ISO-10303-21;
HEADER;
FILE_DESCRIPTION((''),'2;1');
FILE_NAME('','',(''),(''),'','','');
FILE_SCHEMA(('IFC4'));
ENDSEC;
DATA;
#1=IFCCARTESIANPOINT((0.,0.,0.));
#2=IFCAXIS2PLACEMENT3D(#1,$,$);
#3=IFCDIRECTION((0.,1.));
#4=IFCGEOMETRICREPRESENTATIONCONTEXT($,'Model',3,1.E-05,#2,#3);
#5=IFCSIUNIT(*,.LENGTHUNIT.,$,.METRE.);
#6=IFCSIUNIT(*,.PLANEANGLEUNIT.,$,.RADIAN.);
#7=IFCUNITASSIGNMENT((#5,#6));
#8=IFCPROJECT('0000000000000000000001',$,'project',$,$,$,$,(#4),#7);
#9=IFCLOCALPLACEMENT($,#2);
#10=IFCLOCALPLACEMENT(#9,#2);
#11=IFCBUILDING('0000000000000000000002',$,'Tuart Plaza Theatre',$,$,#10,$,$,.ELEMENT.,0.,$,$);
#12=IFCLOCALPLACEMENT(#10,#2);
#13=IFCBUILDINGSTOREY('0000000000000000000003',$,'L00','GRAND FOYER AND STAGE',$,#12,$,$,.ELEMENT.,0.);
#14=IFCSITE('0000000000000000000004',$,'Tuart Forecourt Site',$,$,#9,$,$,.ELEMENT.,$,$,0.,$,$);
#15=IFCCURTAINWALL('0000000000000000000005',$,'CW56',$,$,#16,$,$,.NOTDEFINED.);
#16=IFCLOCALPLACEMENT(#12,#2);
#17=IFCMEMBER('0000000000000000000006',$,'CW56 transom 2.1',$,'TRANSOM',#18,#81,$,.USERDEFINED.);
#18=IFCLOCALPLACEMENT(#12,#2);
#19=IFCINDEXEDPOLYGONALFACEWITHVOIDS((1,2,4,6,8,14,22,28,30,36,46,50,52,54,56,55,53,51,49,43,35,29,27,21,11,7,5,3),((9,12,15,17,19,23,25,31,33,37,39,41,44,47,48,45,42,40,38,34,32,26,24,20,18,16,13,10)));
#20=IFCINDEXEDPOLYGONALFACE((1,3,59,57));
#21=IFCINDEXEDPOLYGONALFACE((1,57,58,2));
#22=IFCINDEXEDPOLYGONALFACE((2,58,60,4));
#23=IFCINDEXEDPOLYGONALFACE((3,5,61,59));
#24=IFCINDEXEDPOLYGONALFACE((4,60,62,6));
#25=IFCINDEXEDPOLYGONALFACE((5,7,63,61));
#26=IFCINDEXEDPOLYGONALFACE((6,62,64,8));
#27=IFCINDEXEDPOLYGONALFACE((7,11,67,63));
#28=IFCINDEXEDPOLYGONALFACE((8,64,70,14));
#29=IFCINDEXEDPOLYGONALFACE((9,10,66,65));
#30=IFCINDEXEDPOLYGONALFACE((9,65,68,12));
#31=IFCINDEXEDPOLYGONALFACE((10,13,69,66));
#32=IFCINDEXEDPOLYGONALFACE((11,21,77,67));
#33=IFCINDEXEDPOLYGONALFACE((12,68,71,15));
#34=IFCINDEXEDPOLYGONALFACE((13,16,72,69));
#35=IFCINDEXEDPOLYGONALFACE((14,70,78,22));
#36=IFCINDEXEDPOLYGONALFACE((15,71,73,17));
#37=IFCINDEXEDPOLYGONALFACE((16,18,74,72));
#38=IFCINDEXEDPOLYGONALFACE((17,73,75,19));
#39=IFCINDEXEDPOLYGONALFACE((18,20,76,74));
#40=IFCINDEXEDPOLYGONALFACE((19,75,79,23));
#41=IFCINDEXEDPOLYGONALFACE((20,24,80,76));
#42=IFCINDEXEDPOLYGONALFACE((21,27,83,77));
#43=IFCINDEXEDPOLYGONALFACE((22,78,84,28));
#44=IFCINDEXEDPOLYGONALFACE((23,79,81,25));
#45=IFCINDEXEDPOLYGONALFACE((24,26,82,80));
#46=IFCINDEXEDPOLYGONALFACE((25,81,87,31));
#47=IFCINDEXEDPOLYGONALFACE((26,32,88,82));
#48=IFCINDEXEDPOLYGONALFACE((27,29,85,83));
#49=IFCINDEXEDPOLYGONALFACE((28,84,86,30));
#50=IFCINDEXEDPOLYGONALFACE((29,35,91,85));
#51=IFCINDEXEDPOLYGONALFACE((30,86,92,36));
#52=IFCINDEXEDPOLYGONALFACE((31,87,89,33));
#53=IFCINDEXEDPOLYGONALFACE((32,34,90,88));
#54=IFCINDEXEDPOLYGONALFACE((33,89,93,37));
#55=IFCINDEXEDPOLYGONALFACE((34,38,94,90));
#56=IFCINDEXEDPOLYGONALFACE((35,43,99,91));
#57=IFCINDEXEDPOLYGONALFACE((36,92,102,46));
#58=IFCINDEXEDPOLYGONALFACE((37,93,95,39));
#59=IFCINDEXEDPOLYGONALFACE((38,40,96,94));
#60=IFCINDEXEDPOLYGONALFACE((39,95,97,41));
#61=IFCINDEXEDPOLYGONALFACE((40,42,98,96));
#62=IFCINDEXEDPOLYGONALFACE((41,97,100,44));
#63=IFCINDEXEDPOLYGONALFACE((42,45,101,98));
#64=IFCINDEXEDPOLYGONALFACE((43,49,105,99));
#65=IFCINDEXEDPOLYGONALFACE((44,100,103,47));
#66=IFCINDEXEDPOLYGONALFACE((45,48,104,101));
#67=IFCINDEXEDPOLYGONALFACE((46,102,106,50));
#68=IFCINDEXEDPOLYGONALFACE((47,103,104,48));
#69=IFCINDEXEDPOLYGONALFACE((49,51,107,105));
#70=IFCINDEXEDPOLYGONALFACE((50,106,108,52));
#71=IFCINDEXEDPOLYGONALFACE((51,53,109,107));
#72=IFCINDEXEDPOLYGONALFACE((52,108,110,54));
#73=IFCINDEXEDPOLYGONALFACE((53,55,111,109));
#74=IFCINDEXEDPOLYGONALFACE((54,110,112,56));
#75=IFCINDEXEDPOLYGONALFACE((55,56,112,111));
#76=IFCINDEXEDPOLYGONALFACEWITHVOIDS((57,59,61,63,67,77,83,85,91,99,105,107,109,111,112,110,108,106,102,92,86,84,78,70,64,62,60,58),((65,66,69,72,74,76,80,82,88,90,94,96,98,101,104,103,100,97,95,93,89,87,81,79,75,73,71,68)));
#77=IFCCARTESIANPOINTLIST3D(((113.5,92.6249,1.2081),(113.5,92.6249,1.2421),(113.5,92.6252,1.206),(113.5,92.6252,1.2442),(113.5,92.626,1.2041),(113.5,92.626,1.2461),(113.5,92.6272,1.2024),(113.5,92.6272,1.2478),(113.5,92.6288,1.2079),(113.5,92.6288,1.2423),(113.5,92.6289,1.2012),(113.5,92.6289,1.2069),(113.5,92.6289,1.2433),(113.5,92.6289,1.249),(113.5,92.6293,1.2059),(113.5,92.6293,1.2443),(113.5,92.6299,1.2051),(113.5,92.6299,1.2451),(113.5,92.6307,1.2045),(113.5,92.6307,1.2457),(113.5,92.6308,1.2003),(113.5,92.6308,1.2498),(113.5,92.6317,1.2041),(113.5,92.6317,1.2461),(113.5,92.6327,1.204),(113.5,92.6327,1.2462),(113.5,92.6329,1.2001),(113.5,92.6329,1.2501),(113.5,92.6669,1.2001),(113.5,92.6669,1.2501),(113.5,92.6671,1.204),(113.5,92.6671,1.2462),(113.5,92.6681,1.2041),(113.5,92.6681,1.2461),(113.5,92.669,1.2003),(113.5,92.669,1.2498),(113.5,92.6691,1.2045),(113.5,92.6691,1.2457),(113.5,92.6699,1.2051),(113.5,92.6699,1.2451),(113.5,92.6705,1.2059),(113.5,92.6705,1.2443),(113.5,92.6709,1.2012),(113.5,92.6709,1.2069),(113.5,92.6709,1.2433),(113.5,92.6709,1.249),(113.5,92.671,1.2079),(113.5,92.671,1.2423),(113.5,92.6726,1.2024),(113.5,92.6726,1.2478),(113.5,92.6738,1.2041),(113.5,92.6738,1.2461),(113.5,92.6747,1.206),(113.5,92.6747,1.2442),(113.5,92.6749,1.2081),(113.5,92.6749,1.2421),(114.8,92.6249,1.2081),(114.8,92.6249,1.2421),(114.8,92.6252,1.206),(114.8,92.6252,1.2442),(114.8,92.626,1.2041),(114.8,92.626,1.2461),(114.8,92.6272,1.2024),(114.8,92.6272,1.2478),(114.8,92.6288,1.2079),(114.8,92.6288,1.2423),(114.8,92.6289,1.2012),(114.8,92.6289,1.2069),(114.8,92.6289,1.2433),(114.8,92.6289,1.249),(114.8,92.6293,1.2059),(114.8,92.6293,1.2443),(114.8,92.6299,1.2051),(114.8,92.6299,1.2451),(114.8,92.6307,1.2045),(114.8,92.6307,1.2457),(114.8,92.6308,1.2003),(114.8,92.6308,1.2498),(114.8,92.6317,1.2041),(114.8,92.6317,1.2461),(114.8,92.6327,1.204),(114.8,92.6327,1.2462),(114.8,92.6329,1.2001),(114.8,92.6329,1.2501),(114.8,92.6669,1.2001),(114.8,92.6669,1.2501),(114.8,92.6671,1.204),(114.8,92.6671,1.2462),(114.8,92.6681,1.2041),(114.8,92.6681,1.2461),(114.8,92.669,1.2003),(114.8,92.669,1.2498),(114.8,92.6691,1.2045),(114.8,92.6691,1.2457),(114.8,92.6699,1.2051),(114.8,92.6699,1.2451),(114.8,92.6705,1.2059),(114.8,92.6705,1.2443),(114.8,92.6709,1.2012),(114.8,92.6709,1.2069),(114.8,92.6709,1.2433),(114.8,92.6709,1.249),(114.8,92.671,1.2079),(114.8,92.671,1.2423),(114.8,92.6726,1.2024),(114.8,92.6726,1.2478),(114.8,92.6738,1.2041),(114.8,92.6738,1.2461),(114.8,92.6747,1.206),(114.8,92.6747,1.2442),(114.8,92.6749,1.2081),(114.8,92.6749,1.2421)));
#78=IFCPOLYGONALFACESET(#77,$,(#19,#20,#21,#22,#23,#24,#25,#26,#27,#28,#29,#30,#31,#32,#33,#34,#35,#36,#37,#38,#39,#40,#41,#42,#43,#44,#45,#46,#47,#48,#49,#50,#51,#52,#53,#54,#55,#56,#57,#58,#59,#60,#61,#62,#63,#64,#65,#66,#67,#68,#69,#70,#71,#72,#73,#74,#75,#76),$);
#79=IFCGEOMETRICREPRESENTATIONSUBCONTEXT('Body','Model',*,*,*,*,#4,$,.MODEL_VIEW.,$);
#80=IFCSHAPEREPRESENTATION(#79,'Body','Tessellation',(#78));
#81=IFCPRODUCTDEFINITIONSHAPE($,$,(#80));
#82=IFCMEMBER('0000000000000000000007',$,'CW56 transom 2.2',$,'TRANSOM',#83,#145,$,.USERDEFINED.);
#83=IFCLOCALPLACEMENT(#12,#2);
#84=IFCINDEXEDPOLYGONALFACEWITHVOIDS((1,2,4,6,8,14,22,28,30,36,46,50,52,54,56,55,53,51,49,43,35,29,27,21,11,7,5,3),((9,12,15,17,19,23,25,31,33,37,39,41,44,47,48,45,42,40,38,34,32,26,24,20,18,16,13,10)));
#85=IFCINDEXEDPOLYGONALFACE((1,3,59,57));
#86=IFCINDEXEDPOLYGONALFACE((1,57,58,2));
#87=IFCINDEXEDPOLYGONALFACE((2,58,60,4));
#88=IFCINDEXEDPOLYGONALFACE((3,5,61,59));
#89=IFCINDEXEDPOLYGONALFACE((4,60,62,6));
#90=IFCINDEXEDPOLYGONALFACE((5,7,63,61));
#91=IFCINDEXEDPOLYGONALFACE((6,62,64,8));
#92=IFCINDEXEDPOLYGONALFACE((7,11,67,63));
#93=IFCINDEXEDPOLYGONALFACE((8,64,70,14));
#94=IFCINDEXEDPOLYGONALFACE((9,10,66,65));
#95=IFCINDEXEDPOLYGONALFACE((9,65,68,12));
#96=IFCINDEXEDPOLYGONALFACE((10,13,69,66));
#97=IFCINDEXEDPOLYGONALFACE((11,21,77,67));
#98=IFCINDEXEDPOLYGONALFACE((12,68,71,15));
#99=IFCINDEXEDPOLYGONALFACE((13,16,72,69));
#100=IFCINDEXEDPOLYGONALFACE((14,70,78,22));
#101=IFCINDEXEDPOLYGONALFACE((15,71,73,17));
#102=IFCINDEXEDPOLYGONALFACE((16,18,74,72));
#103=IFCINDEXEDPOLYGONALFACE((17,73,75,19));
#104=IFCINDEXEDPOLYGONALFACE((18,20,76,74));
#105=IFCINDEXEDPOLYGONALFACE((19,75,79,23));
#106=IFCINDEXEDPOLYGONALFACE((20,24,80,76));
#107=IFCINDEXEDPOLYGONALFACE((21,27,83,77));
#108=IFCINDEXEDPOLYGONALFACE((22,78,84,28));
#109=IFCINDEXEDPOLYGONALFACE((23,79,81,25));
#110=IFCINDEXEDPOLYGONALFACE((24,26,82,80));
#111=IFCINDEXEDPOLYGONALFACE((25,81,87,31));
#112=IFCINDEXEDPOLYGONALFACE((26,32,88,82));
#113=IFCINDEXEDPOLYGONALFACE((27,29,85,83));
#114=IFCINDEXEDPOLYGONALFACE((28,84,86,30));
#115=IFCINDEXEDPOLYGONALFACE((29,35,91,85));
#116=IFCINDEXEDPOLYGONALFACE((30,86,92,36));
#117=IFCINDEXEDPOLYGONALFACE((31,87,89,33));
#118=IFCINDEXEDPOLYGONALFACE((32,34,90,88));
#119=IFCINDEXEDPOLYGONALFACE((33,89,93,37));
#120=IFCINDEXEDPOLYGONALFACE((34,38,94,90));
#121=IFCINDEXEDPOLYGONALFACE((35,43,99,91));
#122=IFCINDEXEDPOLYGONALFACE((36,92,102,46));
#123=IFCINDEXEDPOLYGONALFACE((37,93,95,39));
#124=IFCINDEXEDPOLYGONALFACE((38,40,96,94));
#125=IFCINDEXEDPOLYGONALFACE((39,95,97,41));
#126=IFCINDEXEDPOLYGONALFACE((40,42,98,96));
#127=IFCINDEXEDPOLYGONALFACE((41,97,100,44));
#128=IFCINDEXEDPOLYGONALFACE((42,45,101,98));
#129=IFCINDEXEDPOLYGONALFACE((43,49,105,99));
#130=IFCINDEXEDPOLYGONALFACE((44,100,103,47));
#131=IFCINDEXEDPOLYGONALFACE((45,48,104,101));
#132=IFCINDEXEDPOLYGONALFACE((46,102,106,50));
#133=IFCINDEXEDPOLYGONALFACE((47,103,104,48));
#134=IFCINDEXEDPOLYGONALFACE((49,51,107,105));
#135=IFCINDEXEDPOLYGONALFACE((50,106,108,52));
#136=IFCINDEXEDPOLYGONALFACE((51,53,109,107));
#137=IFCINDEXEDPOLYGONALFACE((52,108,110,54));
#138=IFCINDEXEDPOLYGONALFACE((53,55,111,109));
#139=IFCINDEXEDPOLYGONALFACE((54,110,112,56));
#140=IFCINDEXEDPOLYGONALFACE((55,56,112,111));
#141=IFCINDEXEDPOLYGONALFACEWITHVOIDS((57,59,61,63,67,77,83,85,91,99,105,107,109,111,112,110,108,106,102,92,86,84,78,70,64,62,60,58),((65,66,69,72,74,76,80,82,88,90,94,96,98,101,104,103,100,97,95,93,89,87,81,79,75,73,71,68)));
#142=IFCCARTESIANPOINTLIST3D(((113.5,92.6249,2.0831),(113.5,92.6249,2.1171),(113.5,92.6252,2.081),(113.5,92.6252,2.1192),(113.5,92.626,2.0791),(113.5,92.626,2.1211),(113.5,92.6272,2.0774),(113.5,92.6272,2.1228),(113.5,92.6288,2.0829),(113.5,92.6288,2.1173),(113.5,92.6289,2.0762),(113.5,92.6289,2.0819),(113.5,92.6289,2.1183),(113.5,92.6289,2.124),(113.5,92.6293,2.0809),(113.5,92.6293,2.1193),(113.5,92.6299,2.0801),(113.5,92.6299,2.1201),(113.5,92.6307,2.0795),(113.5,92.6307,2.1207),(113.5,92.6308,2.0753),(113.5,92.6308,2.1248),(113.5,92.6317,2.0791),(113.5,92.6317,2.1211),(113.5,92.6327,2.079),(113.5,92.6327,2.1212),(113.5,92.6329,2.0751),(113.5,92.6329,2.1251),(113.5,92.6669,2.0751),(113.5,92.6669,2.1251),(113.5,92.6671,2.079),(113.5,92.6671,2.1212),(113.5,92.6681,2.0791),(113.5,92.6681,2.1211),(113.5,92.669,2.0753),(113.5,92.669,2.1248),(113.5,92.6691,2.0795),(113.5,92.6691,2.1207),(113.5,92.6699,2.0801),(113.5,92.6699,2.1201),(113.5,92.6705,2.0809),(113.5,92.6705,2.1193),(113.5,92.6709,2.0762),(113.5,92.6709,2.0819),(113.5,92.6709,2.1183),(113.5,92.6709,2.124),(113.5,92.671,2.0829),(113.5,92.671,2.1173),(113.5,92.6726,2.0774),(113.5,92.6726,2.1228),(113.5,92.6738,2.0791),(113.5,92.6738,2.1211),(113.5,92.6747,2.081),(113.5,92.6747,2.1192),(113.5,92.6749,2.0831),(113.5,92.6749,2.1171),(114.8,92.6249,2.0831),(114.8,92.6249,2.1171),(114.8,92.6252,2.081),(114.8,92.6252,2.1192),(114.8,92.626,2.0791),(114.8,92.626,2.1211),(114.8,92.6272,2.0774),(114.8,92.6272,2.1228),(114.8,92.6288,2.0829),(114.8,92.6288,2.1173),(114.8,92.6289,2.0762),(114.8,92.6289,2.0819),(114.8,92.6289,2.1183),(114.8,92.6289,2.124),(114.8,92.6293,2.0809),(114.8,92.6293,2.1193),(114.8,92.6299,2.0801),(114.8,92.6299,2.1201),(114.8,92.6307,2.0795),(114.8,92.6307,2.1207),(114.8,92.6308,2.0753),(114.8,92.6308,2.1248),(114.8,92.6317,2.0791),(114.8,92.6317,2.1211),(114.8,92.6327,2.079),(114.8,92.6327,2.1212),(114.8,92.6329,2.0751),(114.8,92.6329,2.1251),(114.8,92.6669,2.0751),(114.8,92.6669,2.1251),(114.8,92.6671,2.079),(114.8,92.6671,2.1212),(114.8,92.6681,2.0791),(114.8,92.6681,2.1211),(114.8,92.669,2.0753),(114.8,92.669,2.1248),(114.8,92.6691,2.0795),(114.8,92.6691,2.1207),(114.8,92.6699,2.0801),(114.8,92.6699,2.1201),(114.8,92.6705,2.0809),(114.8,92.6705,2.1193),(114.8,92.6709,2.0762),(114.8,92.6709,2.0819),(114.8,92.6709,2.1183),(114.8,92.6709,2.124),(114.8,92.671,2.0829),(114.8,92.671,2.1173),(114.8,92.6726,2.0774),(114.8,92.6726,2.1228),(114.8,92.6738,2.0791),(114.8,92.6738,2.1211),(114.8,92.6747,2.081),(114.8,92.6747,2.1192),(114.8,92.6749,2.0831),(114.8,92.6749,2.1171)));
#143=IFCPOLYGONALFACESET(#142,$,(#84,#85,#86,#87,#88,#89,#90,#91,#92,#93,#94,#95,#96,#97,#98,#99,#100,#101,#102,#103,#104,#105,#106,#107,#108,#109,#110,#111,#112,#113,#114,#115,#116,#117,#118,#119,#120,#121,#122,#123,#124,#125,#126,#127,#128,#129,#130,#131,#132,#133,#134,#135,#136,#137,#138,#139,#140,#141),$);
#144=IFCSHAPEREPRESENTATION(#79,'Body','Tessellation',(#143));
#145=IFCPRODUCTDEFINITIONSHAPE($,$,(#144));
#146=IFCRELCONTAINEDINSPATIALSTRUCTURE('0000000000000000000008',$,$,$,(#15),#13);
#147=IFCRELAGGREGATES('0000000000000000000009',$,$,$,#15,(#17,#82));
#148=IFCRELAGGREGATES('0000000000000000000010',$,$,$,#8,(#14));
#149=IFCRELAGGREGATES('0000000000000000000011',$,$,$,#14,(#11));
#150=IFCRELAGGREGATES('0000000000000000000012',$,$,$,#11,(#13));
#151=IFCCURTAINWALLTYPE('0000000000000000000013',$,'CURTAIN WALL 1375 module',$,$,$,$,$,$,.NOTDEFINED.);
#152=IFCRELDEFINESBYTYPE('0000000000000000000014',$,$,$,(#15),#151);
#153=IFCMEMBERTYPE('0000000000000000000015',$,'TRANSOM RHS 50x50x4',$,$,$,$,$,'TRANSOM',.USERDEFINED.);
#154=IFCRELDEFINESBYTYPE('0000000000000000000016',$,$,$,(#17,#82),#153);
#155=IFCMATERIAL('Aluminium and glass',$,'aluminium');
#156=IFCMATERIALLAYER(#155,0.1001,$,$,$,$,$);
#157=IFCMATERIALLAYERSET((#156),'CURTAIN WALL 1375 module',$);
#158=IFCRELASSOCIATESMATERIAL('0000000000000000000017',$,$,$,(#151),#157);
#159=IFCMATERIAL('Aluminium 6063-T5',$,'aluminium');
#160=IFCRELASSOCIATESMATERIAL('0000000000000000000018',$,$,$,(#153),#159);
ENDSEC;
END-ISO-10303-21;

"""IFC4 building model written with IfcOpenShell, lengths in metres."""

from ifc_helpers import new_model, si_unit, direction, frame, origin, origin_2d, place, context, subcontext, project, spatial, hollow_rectangle, extrude, material, layer, layer_set, material_profile, profile_set, type_object, element, aggregate, save


model = new_model("IFC4")

# Units and contexts
model_context = context("Model", 3, precision=1e-05, world=origin(), true_north=direction((0.0, 1.0)))
body_context = subcontext(model_context, "Body", "Model", "MODEL_VIEW")
ifc_project = project(units=[si_unit("LENGTHUNIT", "METRE"), si_unit("PLANEANGLEUNIT", "RADIAN")], contexts=[model_context])

# Site, building, storey
site_placement = place(None, origin())
site = spatial("IfcSite", under=ifc_project, at=site_placement, Name="Tuart Forecourt Site", CompositionType="ELEMENT", RefElevation=0.0)
building_placement = place(site_placement, origin())
building = spatial("IfcBuilding", under=site, at=building_placement, Name="Tuart Plaza Theatre", CompositionType="ELEMENT", ElevationOfRefHeight=0.0)
storey_placement = place(building_placement, origin())
storey = spatial("IfcBuildingStorey", under=building, at=storey_placement, Name="L00", Description="GRAND FOYER AND STAGE", CompositionType="ELEMENT", Elevation=0.0)

# Curtain wall
ifc_material_1 = material(Name="Aluminium and glass", Category="aluminium")
ifc_layer_1 = layer(ifc_material_1, 0.1001)
ifc_layer_set_1 = layer_set([ifc_layer_1], Name="CURTAIN WALL 1375 module")
curtain_wall_type_1 = type_object("IfcCurtainWallType", Name="CURTAIN WALL 1375 module", PredefinedType="NOTDEFINED", material=ifc_layer_set_1)
curtain_wall_1_placement = place(storey_placement, origin())
curtain_wall_1 = element("IfcCurtainWall", 1, at=curtain_wall_1_placement, inside=storey, type_object=curtain_wall_type_1, Name="CW56", PredefinedType="NOTDEFINED")

# Members
ifc_material_2 = material(Name="Aluminium 6063-T5", Category="aluminium")
ifc_material_profile_1 = material_profile(ifc_material_2, hollow_rectangle(XDim=0.05, YDim=0.05, WallThickness=0.0039, InnerFilletRadius=0.0039, OuterFilletRadius=0.0081, at=origin_2d()), Name="RHS 50x50x4")
ifc_profile_set_1 = profile_set([ifc_material_profile_1], Name="Aluminium 6063-T5")
member_type_1 = type_object("IfcMemberType", Name="TRANSOM RHS 50x50x4", ElementType="TRANSOM", PredefinedType="USERDEFINED", material=ifc_profile_set_1)
member_1_placement = place(storey_placement, frame((114.8, 92.6499, 1.2251), z_axis=(-1.0, 0.0, 0.0), x_axis=(0.0, -1.0, 0.0)))
member_1 = element("IfcMember", 2, at=member_1_placement, type_object=member_type_1, Name="CW56 transom 2.1", ObjectType="TRANSOM", PredefinedType="USERDEFINED", context=body_context, shape_type="SweptSolid", body=[
    extrude(hollow_rectangle(XDim=0.05, YDim=0.05, WallThickness=0.0039, InnerFilletRadius=0.0039, OuterFilletRadius=0.0081, at=origin_2d()), origin(), (0.0, 0.0, 1.0), 1.3),
])
member_2_placement = place(storey_placement, frame((114.8, 92.6499, 2.1001), z_axis=(-1.0, 0.0, 0.0), x_axis=(0.0, -1.0, 0.0)))
member_2 = element("IfcMember", 3, at=member_2_placement, type_object=member_type_1, Name="CW56 transom 2.2", ObjectType="TRANSOM", PredefinedType="USERDEFINED", context=body_context, shape_type="SweptSolid", body=[
    extrude(hollow_rectangle(XDim=0.05, YDim=0.05, WallThickness=0.0039, InnerFilletRadius=0.0039, OuterFilletRadius=0.0081, at=origin_2d()), origin(), (0.0, 0.0, 1.0), 1.3),
])

aggregate(curtain_wall_1, [member_1, member_2])

save(model, "model.ifc")
